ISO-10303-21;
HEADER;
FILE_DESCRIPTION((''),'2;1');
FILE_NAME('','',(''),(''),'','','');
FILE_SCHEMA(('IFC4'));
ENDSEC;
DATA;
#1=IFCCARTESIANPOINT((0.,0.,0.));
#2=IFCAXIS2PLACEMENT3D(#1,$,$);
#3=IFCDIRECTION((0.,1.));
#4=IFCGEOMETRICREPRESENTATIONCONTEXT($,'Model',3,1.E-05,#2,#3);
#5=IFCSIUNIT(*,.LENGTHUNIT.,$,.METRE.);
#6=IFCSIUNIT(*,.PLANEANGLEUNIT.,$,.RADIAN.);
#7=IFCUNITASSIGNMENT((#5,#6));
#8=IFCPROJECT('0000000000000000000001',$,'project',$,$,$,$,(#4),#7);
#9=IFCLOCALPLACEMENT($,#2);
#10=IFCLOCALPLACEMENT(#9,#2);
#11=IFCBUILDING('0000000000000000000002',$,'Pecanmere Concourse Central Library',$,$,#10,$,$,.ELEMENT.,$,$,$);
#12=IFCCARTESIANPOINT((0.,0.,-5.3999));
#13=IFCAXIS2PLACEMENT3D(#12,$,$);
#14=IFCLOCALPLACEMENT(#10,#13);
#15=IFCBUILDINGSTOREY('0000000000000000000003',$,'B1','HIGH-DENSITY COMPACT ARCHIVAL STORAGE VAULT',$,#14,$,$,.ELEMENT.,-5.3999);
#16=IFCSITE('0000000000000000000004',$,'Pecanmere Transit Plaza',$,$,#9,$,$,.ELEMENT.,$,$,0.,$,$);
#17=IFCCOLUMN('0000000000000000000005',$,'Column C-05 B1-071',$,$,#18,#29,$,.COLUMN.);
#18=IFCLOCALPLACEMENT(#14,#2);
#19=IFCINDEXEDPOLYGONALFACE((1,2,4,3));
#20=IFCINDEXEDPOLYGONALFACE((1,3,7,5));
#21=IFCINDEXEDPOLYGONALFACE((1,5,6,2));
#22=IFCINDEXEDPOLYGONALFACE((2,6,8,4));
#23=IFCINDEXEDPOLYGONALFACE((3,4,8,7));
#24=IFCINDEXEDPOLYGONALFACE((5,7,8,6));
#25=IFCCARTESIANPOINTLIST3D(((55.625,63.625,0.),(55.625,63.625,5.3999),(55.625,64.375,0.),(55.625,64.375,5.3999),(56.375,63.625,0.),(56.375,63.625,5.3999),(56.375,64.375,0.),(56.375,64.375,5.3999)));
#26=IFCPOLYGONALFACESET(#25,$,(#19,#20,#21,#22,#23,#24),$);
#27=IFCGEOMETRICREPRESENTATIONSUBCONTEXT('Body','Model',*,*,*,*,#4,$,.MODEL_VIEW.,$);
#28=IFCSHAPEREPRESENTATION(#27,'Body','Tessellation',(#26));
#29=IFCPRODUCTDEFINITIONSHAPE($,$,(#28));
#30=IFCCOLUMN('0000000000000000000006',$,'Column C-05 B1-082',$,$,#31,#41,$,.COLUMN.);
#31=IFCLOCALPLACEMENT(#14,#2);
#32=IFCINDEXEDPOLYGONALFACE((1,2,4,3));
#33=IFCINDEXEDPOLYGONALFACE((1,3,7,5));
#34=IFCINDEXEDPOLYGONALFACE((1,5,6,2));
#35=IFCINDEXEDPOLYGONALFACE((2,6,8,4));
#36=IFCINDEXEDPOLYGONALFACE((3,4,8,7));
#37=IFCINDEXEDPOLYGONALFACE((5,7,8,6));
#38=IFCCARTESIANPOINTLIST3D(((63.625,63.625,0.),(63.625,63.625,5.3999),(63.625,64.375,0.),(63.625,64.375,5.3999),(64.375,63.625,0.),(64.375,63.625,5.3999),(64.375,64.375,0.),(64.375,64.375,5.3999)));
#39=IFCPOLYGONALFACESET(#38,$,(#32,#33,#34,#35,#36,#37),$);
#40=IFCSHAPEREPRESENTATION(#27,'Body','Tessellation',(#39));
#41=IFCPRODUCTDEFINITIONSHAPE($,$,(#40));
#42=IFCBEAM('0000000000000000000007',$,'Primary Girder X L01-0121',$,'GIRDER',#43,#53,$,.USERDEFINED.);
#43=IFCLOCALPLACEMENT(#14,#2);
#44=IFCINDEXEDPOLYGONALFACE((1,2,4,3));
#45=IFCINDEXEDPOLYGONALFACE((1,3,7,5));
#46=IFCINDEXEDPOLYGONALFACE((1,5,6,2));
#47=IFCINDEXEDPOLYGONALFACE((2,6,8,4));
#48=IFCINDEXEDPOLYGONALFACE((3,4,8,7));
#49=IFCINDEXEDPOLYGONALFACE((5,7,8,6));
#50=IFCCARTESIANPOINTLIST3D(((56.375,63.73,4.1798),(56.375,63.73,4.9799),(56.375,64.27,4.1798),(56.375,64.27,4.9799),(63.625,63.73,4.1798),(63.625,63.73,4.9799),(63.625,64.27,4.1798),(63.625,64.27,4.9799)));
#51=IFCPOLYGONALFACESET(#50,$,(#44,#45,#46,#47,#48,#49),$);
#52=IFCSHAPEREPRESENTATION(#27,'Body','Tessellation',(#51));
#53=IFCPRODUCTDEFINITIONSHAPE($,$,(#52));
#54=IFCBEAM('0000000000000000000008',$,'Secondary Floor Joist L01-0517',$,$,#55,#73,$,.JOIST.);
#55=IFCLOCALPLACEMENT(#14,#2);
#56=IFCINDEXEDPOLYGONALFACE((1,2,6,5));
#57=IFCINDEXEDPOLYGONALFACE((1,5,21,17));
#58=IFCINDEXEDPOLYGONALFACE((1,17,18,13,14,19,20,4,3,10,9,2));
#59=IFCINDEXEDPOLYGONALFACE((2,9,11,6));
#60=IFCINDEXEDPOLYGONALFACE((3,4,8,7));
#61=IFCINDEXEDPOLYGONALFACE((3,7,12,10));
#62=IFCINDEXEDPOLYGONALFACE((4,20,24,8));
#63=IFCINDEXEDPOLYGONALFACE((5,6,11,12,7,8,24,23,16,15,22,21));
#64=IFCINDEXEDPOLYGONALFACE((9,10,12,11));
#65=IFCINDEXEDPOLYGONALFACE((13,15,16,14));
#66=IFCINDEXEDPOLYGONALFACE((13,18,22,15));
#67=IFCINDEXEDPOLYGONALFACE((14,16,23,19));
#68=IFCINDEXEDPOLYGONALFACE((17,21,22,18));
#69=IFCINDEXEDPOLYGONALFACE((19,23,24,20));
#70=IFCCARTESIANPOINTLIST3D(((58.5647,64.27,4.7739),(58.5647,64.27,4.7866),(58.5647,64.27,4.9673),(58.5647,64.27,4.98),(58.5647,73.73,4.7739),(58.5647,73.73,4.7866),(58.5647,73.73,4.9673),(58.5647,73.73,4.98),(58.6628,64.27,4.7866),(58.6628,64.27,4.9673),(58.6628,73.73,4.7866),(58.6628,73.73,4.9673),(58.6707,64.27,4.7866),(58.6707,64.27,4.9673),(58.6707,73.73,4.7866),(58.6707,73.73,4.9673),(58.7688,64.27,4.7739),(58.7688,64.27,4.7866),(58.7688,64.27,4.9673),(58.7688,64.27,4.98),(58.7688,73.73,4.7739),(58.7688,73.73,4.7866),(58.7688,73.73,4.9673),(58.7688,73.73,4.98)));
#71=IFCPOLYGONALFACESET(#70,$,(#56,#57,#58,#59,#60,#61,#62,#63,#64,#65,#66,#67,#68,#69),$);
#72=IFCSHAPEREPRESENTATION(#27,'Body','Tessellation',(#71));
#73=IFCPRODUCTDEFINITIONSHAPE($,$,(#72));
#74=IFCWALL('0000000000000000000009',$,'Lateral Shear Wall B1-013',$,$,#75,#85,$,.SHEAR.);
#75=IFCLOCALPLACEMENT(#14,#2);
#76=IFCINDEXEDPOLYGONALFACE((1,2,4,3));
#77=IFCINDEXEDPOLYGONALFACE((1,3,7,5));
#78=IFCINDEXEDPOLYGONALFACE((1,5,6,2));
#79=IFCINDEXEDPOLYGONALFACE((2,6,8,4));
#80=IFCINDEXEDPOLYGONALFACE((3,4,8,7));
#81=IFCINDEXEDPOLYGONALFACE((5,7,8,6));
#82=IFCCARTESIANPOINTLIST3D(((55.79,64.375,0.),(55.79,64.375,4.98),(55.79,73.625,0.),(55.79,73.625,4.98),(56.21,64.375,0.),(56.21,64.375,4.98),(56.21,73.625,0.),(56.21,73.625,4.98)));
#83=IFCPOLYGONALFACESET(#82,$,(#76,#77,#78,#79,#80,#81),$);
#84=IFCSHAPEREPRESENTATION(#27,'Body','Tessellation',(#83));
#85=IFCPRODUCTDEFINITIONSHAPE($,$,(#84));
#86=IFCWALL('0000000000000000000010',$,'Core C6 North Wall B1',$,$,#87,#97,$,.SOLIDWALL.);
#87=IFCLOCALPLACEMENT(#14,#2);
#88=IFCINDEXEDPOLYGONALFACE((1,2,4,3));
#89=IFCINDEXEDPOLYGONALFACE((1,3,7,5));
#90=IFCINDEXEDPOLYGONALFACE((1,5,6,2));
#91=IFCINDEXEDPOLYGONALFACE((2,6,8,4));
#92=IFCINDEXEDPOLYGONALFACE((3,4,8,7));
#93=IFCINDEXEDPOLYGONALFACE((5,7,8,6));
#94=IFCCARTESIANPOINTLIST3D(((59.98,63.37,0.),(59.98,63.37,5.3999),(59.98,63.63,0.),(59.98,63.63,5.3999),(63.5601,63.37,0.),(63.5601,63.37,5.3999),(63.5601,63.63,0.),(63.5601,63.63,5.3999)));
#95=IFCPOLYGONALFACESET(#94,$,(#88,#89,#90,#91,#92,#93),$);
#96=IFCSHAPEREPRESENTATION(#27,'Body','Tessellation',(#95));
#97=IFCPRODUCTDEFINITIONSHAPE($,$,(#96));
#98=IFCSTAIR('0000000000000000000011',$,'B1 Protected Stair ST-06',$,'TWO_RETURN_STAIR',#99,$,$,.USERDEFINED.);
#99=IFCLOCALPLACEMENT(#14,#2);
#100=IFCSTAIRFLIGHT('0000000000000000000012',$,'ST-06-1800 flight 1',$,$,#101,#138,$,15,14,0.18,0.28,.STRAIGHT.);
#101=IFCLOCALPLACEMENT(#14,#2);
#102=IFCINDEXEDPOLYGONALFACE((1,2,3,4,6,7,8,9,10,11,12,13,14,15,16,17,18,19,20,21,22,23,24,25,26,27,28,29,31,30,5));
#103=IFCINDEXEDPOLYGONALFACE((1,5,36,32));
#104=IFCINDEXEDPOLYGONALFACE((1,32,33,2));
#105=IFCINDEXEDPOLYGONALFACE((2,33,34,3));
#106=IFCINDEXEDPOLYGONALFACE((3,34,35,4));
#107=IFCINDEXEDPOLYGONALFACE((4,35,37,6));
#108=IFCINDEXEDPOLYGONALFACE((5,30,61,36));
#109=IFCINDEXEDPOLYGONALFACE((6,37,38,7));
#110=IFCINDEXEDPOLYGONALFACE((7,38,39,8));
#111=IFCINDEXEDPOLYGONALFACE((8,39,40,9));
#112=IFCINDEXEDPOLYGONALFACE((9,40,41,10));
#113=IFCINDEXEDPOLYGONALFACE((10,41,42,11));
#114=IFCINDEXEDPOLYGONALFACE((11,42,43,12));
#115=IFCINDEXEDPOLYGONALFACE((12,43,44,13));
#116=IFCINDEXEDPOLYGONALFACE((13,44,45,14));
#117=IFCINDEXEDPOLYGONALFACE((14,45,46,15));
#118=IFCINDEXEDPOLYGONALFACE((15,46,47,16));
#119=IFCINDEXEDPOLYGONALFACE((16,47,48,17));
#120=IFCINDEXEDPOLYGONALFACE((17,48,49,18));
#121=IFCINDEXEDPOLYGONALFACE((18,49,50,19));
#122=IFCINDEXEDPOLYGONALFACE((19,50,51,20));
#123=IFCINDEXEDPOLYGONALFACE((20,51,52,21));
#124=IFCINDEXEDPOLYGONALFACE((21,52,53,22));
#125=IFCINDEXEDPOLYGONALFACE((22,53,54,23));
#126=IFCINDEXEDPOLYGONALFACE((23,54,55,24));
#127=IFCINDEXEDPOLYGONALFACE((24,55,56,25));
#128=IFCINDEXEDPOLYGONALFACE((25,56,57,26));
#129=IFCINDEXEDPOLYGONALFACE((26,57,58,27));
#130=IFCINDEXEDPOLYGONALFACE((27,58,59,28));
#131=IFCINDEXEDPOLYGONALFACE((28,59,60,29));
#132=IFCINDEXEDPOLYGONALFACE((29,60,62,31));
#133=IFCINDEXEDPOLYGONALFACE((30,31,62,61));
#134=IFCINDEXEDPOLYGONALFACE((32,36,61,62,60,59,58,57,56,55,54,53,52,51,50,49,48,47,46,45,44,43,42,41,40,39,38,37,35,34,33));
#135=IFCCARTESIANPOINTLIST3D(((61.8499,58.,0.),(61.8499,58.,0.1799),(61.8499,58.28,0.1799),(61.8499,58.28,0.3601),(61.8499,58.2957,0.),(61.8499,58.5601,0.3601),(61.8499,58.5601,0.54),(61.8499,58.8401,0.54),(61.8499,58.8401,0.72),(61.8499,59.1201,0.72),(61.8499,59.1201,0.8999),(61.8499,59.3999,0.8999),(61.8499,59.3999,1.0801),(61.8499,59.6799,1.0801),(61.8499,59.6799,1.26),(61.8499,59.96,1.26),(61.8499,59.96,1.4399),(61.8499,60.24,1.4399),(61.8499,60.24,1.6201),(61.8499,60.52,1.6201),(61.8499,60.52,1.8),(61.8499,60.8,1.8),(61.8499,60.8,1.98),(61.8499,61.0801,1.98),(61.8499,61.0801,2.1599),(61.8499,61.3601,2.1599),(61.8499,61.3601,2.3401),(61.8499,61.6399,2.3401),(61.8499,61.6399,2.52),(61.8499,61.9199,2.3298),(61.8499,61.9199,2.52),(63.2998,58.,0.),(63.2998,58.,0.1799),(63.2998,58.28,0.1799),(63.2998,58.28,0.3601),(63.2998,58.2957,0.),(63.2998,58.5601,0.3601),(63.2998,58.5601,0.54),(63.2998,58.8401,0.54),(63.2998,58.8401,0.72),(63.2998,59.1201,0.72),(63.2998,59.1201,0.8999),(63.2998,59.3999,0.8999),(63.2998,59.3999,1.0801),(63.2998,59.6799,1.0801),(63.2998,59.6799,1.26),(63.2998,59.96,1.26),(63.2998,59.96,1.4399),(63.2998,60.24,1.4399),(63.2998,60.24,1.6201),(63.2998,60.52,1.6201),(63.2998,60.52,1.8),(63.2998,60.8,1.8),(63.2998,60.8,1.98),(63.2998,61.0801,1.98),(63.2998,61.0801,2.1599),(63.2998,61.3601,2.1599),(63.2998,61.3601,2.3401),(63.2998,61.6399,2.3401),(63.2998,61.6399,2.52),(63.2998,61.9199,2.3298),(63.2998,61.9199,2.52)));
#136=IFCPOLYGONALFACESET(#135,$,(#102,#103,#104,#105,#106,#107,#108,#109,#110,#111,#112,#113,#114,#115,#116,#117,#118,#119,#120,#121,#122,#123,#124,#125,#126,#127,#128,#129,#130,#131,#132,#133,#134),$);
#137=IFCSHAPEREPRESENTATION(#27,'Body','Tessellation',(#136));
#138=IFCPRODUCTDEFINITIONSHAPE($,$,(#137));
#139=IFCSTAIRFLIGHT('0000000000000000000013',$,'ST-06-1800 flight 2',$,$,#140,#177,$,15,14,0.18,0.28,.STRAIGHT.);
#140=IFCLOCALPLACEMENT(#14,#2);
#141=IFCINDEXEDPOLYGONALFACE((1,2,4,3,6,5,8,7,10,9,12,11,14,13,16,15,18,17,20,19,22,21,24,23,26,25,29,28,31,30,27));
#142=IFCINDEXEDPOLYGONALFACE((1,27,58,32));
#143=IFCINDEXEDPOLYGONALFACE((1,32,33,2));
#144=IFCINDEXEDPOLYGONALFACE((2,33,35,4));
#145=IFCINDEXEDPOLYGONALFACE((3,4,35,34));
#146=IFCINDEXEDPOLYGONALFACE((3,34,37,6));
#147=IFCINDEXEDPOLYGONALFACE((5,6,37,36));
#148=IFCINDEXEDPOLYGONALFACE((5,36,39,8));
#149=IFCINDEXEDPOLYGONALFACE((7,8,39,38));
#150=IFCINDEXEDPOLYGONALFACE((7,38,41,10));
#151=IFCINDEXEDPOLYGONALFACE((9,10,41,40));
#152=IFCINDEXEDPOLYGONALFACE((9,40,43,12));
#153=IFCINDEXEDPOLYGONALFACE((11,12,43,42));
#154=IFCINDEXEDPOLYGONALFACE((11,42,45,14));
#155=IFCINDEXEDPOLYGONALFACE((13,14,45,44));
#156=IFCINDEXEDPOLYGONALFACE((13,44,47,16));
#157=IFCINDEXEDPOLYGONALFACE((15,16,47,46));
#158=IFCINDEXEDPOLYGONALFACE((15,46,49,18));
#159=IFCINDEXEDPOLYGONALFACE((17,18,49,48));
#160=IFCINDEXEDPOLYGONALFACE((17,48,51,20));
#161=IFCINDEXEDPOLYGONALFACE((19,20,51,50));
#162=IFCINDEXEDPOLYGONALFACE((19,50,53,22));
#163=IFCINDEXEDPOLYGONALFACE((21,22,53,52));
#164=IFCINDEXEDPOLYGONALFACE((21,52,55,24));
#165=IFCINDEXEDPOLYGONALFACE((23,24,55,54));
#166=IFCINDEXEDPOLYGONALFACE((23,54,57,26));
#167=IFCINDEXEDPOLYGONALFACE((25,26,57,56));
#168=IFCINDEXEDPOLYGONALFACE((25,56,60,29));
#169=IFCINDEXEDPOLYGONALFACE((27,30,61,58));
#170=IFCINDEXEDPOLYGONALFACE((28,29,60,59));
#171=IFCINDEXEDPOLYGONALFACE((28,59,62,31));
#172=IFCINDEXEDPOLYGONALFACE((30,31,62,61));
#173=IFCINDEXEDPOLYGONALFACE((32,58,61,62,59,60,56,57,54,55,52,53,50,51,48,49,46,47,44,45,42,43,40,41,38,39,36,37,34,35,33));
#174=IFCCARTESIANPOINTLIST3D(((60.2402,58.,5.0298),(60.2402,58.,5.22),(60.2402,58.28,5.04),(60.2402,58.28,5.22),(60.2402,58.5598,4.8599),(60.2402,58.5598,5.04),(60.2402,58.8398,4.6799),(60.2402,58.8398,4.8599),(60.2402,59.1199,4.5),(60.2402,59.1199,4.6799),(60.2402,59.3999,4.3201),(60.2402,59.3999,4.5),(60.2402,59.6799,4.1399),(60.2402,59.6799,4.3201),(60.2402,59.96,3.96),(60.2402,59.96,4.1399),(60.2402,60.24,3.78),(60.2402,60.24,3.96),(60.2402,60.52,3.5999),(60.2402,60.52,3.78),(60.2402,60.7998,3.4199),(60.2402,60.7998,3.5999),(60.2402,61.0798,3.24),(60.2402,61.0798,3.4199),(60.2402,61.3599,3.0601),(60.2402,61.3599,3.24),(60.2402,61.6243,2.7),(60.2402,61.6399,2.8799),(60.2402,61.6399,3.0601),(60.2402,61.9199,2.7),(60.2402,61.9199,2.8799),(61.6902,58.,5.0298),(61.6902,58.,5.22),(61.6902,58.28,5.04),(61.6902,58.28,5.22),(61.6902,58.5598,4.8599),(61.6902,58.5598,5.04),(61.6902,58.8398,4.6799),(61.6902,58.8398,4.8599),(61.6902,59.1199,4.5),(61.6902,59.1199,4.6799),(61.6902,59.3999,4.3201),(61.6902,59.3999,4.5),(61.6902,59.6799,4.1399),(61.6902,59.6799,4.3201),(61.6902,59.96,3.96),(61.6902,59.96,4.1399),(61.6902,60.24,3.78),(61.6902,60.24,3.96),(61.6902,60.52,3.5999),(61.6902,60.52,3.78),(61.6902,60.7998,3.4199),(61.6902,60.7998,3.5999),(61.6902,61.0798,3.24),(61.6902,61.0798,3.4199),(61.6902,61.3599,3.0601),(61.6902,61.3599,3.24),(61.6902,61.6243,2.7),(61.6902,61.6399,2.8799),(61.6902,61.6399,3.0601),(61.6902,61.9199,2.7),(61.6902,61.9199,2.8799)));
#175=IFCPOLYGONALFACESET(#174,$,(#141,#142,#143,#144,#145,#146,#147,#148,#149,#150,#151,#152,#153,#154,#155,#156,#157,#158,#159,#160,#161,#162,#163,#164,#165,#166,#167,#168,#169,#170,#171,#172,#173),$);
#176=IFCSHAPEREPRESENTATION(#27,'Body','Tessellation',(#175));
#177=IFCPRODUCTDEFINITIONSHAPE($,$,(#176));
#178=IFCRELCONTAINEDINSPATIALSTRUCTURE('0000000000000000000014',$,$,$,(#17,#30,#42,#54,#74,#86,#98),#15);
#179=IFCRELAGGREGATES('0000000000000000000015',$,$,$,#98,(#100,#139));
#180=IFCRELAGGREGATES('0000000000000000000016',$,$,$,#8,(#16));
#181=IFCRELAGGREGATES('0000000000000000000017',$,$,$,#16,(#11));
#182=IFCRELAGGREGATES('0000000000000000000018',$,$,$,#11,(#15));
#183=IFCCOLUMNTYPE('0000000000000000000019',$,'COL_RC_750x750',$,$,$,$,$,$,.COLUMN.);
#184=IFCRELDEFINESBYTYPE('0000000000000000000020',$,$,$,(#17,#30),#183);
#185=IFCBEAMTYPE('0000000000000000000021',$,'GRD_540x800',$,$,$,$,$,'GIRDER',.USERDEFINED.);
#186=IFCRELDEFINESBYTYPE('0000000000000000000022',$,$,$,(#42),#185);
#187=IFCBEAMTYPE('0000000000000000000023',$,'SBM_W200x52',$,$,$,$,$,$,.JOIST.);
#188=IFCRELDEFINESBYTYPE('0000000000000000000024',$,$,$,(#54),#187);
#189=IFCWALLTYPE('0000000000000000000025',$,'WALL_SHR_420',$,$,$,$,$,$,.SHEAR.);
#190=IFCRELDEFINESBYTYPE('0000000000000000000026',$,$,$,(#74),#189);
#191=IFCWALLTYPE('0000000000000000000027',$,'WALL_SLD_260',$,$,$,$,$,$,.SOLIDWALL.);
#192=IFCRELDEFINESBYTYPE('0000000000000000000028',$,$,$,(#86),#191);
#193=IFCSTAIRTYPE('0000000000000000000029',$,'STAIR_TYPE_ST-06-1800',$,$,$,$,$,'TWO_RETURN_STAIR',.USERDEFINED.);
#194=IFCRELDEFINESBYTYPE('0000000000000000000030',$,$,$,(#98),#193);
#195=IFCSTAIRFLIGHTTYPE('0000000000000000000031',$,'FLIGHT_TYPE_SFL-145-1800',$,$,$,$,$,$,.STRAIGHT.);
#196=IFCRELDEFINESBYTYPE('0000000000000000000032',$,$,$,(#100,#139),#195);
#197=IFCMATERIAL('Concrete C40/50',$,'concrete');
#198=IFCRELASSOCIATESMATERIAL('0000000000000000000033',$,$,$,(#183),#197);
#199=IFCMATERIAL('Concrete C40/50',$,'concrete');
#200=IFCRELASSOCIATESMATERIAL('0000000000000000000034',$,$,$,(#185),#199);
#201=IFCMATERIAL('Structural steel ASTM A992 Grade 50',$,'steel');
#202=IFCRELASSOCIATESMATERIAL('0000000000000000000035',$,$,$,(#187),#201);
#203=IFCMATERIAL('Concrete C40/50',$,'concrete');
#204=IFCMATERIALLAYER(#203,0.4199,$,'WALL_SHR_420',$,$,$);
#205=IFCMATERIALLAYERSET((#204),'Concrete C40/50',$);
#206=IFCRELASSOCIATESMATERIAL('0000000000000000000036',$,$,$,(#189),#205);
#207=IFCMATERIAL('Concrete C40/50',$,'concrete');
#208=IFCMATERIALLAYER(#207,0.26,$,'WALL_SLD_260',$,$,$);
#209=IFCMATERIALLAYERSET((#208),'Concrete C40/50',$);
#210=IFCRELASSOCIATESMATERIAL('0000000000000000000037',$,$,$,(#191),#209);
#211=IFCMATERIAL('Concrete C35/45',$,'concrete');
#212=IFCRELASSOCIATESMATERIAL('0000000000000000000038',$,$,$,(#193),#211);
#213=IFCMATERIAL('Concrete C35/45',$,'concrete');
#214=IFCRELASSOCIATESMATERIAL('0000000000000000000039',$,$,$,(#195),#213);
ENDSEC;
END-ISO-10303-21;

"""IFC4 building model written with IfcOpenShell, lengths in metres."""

from ifc_helpers import new_model, si_unit, direction, frame, frame_2d, origin, origin_2d, place, context, subcontext, project, spatial, polyline, rectangle, i_section, outline, extrude, material, layer, layer_set, material_profile, profile_set, type_object, element, aggregate, save


model = new_model("IFC4")

# Units and contexts
model_context = context("Model", 3, precision=1e-05, world=origin(), true_north=direction((0.0, 1.0)))
body_context = subcontext(model_context, "Body", "Model", "MODEL_VIEW")
ifc_project = project(units=[si_unit("LENGTHUNIT", "METRE"), si_unit("PLANEANGLEUNIT", "RADIAN")], contexts=[model_context])

# Site, building, storey
site_placement = place(None, origin())
site = spatial("IfcSite", under=ifc_project, at=site_placement, Name="Pecanmere Transit Plaza", CompositionType="ELEMENT", RefElevation=0.0)
building_placement = place(site_placement, origin())
building = spatial("IfcBuilding", under=site, at=building_placement, Name="Pecanmere Concourse Central Library", CompositionType="ELEMENT")
storey_placement = place(building_placement, frame((0.0, 0.0, -5.3999)))
storey = spatial("IfcBuildingStorey", under=building, at=storey_placement, Name="B1", Description="HIGH-DENSITY COMPACT ARCHIVAL STORAGE VAULT", CompositionType="ELEMENT", Elevation=-5.3999)

# Columns
ifc_material_1 = material(Name="Concrete C40/50", Category="concrete")
ifc_material_profile_1 = material_profile(ifc_material_1, rectangle(XDim=0.75, YDim=0.75, at=origin_2d()), Name="RC 750x750")
ifc_profile_set_1 = profile_set([ifc_material_profile_1], Name="Concrete C40/50")
column_type = type_object("IfcColumnType", Name="COL_RC_750x750", PredefinedType="COLUMN", material=ifc_profile_set_1)
for number, where, z_axis, x_axis, name in (
    (1, (56.0, 64.0, 0.0), (0.0, 0.0, 1.0), (1.0, 0.0, 0.0), "Column C-05 B1-071"),
    (2, (64.0, 64.0, 0.0), (0.0, 0.0, 1.0), (1.0, 0.0, 0.0), "Column C-05 B1-082"),
):
    element("IfcColumn", number, at=place(storey_placement, frame(where, z_axis=z_axis, x_axis=x_axis)), inside=storey, type_object=column_type, Name=name, PredefinedType="COLUMN", context=body_context, shape_type="SweptSolid", body=[
        extrude(rectangle(XDim=0.75, YDim=0.75, at=origin_2d()), origin(), (0.0, 0.0, 1.0), 5.3999),
    ])

# Beams
ifc_material_2 = material(Name="Concrete C40/50", Category="concrete")
ifc_material_profile_2 = material_profile(ifc_material_2, rectangle(XDim=0.54, YDim=0.8, at=origin_2d()), Name="RC 540x800")
ifc_profile_set_2 = profile_set([ifc_material_profile_2], Name="Concrete C40/50")
beam_type_1 = type_object("IfcBeamType", Name="GRD_540x800", ElementType="GIRDER", PredefinedType="USERDEFINED", material=ifc_profile_set_2)
beam_1_placement = place(storey_placement, frame((56.375, 64.0, 4.5798), z_axis=(1.0, 0.0, 0.0), x_axis=(0.0, 1.0, 0.0)))
element("IfcBeam", 3, at=beam_1_placement, inside=storey, type_object=beam_type_1, Name="Primary Girder X L01-0121", ObjectType="GIRDER", PredefinedType="USERDEFINED", context=body_context, shape_type="SweptSolid", body=[
    extrude(rectangle(XDim=0.54, YDim=0.8, at=origin_2d()), origin(), (0.0, 0.0, 1.0), 7.25),
])
ifc_material_3 = material(Name="Structural steel ASTM A992 Grade 50", Category="steel")
ifc_material_profile_3 = material_profile(ifc_material_3, i_section(OverallWidth=0.2041, OverallDepth=0.2061, WebThickness=0.0078, FlangeThickness=0.0127, at=origin_2d()), Name="W200x52")
ifc_profile_set_3 = profile_set([ifc_material_profile_3], Name="Structural steel ASTM A992 Grade 50")
beam_type_2 = type_object("IfcBeamType", Name="SBM_W200x52", PredefinedType="JOIST", material=ifc_profile_set_3)
beam_2_placement = place(storey_placement, frame((58.6667, 64.27, 4.877), z_axis=(0.0, 1.0, 0.0), x_axis=(-1.0, 0.0, 0.0)))
element("IfcBeam", 4, at=beam_2_placement, inside=storey, type_object=beam_type_2, Name="Secondary Floor Joist L01-0517", PredefinedType="JOIST", context=body_context, shape_type="SweptSolid", body=[
    extrude(i_section(OverallWidth=0.2041, OverallDepth=0.2061, WebThickness=0.0078, FlangeThickness=0.0127, at=origin_2d()), origin(), (0.0, 0.0, 1.0), 9.46),
])

# Walls
ifc_material_4 = material(Name="Concrete C40/50", Category="concrete")
ifc_layer_1 = layer(ifc_material_4, 0.4199, Name="WALL_SHR_420")
ifc_layer_set_1 = layer_set([ifc_layer_1], Name="Concrete C40/50")
wall_type_1 = type_object("IfcWallType", Name="WALL_SHR_420", PredefinedType="SHEAR", material=ifc_layer_set_1)
wall_1_placement = place(storey_placement, frame((56.0, 64.375, 0.0), z_axis=(0.0, 0.0, 1.0), x_axis=(0.0, 1.0, 0.0)))
element("IfcWall", 5, at=wall_1_placement, inside=storey, type_object=wall_type_1, Name="Lateral Shear Wall B1-013", PredefinedType="SHEAR", context=body_context, shape_type="SweptSolid", body=[
    extrude(rectangle(XDim=9.25, YDim=0.4199, at=frame_2d((4.625, 0.0))), origin(), (0.0, 0.0, 1.0), 4.98),
])
ifc_material_5 = material(Name="Concrete C40/50", Category="concrete")
ifc_layer_2 = layer(ifc_material_5, 0.26, Name="WALL_SLD_260")
ifc_layer_set_2 = layer_set([ifc_layer_2], Name="Concrete C40/50")
wall_type_2 = type_object("IfcWallType", Name="WALL_SLD_260", PredefinedType="SOLIDWALL", material=ifc_layer_set_2)
wall_2_placement = place(storey_placement, frame((59.98, 63.5, 0.0), z_axis=(0.0, 0.0, 1.0), x_axis=(1.0, 0.0, 0.0)))
element("IfcWall", 6, at=wall_2_placement, inside=storey, type_object=wall_type_2, Name="Core C6 North Wall B1", PredefinedType="SOLIDWALL", context=body_context, shape_type="SweptSolid", body=[
    extrude(rectangle(XDim=3.5801, YDim=0.26, at=frame_2d((1.79, 0.0))), origin(), (0.0, 0.0, 1.0), 5.3999),
])

# Stair, stair flights
ifc_material_6 = material(Name="Concrete C35/45", Category="concrete")
stair_type = type_object("IfcStairType", Name="STAIR_TYPE_ST-06-1800", ElementType="TWO_RETURN_STAIR", PredefinedType="USERDEFINED", material=ifc_material_6)
stair_placement = place(storey_placement, origin())
stair = element("IfcStair", 7, at=stair_placement, inside=storey, type_object=stair_type, Name="B1 Protected Stair ST-06", ObjectType="TWO_RETURN_STAIR", PredefinedType="USERDEFINED")
ifc_material_7 = material(Name="Concrete C35/45", Category="concrete")
stair_flight_type = type_object("IfcStairFlightType", Name="FLIGHT_TYPE_SFL-145-1800", PredefinedType="STRAIGHT", material=ifc_material_7)
stair_flight_1_placement = place(storey_placement, frame((62.575, 58.0, 0.0), z_axis=(0.0, 0.0, 1.0), x_axis=(0.0, 1.0, 0.0)))
stair_flight_1 = element("IfcStairFlight", 8, at=stair_flight_1_placement, type_object=stair_flight_type, Name="ST-06-1800 flight 1", NumberOfRisers=15, NumberOfTreads=14, PredefinedType="STRAIGHT", RiserHeight=0.18, TreadLength=0.28, context=body_context, shape_type="SweptSolid", body=[
    extrude(outline(polyline([(0.0, 0.0), (0.0, 0.1799), (0.28, 0.1799), (0.28, 0.3601), (0.5601, 0.3601), (0.5601, 0.54), (0.8401, 0.54), (0.8401, 0.72), (1.1201, 0.72), (1.1201, 0.8999), (1.3999, 0.8999), (1.3999, 1.0801), (1.6799, 1.0801), (1.6799, 1.26), (1.96, 1.26), (1.96, 1.4399), (2.24, 1.4399), (2.24, 1.6201), (2.52, 1.6201), (2.52, 1.8), (2.8, 1.8), (2.8, 1.98), (3.0801, 1.98), (3.0801, 2.1599), (3.3601, 2.1599), (3.3601, 2.3401), (3.6399, 2.3401), (3.6399, 2.52), (3.9199, 2.52), (3.9199, 2.7), (3.9199, 2.3298), (0.2957, 0.0), (0.0, 0.0)])), frame((0.0, 0.7251, 0.0), z_axis=(0.0, -1.0, 0.0), x_axis=(1.0, 0.0, 0.0)), (0.0, 0.0, 1.0), 1.45),
])
stair_flight_2_placement = place(storey_placement, frame((60.9651, 61.9199, 2.7), z_axis=(0.0, 0.0, 1.0), x_axis=(0.0, -1.0, 0.0)))
stair_flight_2 = element("IfcStairFlight", 9, at=stair_flight_2_placement, type_object=stair_flight_type, Name="ST-06-1800 flight 2", NumberOfRisers=15, NumberOfTreads=14, PredefinedType="STRAIGHT", RiserHeight=0.18, TreadLength=0.28, context=body_context, shape_type="SweptSolid", body=[
    extrude(outline(polyline([(0.0, 0.0), (0.0, 0.1799), (0.28, 0.1799), (0.28, 0.3601), (0.5601, 0.3601), (0.5601, 0.54), (0.8401, 0.54), (0.8401, 0.72), (1.1201, 0.72), (1.1201, 0.8999), (1.3999, 0.8999), (1.3999, 1.0801), (1.6799, 1.0801), (1.6799, 1.26), (1.96, 1.26), (1.96, 1.4399), (2.24, 1.4399), (2.24, 1.6201), (2.52, 1.6201), (2.52, 1.8), (2.8, 1.8), (2.8, 1.98), (3.0801, 1.98), (3.0801, 2.1599), (3.3601, 2.1599), (3.3601, 2.3401), (3.6399, 2.3401), (3.6399, 2.52), (3.9199, 2.52), (3.9199, 2.7), (3.9199, 2.3298), (0.2957, 0.0), (0.0, 0.0)])), frame((0.0, 0.7251, 0.0), z_axis=(0.0, -1.0, 0.0), x_axis=(1.0, 0.0, 0.0)), (0.0, 0.0, 1.0), 1.45),
])
aggregate(stair, [stair_flight_1, stair_flight_2])

save(model, "model.ifc")
